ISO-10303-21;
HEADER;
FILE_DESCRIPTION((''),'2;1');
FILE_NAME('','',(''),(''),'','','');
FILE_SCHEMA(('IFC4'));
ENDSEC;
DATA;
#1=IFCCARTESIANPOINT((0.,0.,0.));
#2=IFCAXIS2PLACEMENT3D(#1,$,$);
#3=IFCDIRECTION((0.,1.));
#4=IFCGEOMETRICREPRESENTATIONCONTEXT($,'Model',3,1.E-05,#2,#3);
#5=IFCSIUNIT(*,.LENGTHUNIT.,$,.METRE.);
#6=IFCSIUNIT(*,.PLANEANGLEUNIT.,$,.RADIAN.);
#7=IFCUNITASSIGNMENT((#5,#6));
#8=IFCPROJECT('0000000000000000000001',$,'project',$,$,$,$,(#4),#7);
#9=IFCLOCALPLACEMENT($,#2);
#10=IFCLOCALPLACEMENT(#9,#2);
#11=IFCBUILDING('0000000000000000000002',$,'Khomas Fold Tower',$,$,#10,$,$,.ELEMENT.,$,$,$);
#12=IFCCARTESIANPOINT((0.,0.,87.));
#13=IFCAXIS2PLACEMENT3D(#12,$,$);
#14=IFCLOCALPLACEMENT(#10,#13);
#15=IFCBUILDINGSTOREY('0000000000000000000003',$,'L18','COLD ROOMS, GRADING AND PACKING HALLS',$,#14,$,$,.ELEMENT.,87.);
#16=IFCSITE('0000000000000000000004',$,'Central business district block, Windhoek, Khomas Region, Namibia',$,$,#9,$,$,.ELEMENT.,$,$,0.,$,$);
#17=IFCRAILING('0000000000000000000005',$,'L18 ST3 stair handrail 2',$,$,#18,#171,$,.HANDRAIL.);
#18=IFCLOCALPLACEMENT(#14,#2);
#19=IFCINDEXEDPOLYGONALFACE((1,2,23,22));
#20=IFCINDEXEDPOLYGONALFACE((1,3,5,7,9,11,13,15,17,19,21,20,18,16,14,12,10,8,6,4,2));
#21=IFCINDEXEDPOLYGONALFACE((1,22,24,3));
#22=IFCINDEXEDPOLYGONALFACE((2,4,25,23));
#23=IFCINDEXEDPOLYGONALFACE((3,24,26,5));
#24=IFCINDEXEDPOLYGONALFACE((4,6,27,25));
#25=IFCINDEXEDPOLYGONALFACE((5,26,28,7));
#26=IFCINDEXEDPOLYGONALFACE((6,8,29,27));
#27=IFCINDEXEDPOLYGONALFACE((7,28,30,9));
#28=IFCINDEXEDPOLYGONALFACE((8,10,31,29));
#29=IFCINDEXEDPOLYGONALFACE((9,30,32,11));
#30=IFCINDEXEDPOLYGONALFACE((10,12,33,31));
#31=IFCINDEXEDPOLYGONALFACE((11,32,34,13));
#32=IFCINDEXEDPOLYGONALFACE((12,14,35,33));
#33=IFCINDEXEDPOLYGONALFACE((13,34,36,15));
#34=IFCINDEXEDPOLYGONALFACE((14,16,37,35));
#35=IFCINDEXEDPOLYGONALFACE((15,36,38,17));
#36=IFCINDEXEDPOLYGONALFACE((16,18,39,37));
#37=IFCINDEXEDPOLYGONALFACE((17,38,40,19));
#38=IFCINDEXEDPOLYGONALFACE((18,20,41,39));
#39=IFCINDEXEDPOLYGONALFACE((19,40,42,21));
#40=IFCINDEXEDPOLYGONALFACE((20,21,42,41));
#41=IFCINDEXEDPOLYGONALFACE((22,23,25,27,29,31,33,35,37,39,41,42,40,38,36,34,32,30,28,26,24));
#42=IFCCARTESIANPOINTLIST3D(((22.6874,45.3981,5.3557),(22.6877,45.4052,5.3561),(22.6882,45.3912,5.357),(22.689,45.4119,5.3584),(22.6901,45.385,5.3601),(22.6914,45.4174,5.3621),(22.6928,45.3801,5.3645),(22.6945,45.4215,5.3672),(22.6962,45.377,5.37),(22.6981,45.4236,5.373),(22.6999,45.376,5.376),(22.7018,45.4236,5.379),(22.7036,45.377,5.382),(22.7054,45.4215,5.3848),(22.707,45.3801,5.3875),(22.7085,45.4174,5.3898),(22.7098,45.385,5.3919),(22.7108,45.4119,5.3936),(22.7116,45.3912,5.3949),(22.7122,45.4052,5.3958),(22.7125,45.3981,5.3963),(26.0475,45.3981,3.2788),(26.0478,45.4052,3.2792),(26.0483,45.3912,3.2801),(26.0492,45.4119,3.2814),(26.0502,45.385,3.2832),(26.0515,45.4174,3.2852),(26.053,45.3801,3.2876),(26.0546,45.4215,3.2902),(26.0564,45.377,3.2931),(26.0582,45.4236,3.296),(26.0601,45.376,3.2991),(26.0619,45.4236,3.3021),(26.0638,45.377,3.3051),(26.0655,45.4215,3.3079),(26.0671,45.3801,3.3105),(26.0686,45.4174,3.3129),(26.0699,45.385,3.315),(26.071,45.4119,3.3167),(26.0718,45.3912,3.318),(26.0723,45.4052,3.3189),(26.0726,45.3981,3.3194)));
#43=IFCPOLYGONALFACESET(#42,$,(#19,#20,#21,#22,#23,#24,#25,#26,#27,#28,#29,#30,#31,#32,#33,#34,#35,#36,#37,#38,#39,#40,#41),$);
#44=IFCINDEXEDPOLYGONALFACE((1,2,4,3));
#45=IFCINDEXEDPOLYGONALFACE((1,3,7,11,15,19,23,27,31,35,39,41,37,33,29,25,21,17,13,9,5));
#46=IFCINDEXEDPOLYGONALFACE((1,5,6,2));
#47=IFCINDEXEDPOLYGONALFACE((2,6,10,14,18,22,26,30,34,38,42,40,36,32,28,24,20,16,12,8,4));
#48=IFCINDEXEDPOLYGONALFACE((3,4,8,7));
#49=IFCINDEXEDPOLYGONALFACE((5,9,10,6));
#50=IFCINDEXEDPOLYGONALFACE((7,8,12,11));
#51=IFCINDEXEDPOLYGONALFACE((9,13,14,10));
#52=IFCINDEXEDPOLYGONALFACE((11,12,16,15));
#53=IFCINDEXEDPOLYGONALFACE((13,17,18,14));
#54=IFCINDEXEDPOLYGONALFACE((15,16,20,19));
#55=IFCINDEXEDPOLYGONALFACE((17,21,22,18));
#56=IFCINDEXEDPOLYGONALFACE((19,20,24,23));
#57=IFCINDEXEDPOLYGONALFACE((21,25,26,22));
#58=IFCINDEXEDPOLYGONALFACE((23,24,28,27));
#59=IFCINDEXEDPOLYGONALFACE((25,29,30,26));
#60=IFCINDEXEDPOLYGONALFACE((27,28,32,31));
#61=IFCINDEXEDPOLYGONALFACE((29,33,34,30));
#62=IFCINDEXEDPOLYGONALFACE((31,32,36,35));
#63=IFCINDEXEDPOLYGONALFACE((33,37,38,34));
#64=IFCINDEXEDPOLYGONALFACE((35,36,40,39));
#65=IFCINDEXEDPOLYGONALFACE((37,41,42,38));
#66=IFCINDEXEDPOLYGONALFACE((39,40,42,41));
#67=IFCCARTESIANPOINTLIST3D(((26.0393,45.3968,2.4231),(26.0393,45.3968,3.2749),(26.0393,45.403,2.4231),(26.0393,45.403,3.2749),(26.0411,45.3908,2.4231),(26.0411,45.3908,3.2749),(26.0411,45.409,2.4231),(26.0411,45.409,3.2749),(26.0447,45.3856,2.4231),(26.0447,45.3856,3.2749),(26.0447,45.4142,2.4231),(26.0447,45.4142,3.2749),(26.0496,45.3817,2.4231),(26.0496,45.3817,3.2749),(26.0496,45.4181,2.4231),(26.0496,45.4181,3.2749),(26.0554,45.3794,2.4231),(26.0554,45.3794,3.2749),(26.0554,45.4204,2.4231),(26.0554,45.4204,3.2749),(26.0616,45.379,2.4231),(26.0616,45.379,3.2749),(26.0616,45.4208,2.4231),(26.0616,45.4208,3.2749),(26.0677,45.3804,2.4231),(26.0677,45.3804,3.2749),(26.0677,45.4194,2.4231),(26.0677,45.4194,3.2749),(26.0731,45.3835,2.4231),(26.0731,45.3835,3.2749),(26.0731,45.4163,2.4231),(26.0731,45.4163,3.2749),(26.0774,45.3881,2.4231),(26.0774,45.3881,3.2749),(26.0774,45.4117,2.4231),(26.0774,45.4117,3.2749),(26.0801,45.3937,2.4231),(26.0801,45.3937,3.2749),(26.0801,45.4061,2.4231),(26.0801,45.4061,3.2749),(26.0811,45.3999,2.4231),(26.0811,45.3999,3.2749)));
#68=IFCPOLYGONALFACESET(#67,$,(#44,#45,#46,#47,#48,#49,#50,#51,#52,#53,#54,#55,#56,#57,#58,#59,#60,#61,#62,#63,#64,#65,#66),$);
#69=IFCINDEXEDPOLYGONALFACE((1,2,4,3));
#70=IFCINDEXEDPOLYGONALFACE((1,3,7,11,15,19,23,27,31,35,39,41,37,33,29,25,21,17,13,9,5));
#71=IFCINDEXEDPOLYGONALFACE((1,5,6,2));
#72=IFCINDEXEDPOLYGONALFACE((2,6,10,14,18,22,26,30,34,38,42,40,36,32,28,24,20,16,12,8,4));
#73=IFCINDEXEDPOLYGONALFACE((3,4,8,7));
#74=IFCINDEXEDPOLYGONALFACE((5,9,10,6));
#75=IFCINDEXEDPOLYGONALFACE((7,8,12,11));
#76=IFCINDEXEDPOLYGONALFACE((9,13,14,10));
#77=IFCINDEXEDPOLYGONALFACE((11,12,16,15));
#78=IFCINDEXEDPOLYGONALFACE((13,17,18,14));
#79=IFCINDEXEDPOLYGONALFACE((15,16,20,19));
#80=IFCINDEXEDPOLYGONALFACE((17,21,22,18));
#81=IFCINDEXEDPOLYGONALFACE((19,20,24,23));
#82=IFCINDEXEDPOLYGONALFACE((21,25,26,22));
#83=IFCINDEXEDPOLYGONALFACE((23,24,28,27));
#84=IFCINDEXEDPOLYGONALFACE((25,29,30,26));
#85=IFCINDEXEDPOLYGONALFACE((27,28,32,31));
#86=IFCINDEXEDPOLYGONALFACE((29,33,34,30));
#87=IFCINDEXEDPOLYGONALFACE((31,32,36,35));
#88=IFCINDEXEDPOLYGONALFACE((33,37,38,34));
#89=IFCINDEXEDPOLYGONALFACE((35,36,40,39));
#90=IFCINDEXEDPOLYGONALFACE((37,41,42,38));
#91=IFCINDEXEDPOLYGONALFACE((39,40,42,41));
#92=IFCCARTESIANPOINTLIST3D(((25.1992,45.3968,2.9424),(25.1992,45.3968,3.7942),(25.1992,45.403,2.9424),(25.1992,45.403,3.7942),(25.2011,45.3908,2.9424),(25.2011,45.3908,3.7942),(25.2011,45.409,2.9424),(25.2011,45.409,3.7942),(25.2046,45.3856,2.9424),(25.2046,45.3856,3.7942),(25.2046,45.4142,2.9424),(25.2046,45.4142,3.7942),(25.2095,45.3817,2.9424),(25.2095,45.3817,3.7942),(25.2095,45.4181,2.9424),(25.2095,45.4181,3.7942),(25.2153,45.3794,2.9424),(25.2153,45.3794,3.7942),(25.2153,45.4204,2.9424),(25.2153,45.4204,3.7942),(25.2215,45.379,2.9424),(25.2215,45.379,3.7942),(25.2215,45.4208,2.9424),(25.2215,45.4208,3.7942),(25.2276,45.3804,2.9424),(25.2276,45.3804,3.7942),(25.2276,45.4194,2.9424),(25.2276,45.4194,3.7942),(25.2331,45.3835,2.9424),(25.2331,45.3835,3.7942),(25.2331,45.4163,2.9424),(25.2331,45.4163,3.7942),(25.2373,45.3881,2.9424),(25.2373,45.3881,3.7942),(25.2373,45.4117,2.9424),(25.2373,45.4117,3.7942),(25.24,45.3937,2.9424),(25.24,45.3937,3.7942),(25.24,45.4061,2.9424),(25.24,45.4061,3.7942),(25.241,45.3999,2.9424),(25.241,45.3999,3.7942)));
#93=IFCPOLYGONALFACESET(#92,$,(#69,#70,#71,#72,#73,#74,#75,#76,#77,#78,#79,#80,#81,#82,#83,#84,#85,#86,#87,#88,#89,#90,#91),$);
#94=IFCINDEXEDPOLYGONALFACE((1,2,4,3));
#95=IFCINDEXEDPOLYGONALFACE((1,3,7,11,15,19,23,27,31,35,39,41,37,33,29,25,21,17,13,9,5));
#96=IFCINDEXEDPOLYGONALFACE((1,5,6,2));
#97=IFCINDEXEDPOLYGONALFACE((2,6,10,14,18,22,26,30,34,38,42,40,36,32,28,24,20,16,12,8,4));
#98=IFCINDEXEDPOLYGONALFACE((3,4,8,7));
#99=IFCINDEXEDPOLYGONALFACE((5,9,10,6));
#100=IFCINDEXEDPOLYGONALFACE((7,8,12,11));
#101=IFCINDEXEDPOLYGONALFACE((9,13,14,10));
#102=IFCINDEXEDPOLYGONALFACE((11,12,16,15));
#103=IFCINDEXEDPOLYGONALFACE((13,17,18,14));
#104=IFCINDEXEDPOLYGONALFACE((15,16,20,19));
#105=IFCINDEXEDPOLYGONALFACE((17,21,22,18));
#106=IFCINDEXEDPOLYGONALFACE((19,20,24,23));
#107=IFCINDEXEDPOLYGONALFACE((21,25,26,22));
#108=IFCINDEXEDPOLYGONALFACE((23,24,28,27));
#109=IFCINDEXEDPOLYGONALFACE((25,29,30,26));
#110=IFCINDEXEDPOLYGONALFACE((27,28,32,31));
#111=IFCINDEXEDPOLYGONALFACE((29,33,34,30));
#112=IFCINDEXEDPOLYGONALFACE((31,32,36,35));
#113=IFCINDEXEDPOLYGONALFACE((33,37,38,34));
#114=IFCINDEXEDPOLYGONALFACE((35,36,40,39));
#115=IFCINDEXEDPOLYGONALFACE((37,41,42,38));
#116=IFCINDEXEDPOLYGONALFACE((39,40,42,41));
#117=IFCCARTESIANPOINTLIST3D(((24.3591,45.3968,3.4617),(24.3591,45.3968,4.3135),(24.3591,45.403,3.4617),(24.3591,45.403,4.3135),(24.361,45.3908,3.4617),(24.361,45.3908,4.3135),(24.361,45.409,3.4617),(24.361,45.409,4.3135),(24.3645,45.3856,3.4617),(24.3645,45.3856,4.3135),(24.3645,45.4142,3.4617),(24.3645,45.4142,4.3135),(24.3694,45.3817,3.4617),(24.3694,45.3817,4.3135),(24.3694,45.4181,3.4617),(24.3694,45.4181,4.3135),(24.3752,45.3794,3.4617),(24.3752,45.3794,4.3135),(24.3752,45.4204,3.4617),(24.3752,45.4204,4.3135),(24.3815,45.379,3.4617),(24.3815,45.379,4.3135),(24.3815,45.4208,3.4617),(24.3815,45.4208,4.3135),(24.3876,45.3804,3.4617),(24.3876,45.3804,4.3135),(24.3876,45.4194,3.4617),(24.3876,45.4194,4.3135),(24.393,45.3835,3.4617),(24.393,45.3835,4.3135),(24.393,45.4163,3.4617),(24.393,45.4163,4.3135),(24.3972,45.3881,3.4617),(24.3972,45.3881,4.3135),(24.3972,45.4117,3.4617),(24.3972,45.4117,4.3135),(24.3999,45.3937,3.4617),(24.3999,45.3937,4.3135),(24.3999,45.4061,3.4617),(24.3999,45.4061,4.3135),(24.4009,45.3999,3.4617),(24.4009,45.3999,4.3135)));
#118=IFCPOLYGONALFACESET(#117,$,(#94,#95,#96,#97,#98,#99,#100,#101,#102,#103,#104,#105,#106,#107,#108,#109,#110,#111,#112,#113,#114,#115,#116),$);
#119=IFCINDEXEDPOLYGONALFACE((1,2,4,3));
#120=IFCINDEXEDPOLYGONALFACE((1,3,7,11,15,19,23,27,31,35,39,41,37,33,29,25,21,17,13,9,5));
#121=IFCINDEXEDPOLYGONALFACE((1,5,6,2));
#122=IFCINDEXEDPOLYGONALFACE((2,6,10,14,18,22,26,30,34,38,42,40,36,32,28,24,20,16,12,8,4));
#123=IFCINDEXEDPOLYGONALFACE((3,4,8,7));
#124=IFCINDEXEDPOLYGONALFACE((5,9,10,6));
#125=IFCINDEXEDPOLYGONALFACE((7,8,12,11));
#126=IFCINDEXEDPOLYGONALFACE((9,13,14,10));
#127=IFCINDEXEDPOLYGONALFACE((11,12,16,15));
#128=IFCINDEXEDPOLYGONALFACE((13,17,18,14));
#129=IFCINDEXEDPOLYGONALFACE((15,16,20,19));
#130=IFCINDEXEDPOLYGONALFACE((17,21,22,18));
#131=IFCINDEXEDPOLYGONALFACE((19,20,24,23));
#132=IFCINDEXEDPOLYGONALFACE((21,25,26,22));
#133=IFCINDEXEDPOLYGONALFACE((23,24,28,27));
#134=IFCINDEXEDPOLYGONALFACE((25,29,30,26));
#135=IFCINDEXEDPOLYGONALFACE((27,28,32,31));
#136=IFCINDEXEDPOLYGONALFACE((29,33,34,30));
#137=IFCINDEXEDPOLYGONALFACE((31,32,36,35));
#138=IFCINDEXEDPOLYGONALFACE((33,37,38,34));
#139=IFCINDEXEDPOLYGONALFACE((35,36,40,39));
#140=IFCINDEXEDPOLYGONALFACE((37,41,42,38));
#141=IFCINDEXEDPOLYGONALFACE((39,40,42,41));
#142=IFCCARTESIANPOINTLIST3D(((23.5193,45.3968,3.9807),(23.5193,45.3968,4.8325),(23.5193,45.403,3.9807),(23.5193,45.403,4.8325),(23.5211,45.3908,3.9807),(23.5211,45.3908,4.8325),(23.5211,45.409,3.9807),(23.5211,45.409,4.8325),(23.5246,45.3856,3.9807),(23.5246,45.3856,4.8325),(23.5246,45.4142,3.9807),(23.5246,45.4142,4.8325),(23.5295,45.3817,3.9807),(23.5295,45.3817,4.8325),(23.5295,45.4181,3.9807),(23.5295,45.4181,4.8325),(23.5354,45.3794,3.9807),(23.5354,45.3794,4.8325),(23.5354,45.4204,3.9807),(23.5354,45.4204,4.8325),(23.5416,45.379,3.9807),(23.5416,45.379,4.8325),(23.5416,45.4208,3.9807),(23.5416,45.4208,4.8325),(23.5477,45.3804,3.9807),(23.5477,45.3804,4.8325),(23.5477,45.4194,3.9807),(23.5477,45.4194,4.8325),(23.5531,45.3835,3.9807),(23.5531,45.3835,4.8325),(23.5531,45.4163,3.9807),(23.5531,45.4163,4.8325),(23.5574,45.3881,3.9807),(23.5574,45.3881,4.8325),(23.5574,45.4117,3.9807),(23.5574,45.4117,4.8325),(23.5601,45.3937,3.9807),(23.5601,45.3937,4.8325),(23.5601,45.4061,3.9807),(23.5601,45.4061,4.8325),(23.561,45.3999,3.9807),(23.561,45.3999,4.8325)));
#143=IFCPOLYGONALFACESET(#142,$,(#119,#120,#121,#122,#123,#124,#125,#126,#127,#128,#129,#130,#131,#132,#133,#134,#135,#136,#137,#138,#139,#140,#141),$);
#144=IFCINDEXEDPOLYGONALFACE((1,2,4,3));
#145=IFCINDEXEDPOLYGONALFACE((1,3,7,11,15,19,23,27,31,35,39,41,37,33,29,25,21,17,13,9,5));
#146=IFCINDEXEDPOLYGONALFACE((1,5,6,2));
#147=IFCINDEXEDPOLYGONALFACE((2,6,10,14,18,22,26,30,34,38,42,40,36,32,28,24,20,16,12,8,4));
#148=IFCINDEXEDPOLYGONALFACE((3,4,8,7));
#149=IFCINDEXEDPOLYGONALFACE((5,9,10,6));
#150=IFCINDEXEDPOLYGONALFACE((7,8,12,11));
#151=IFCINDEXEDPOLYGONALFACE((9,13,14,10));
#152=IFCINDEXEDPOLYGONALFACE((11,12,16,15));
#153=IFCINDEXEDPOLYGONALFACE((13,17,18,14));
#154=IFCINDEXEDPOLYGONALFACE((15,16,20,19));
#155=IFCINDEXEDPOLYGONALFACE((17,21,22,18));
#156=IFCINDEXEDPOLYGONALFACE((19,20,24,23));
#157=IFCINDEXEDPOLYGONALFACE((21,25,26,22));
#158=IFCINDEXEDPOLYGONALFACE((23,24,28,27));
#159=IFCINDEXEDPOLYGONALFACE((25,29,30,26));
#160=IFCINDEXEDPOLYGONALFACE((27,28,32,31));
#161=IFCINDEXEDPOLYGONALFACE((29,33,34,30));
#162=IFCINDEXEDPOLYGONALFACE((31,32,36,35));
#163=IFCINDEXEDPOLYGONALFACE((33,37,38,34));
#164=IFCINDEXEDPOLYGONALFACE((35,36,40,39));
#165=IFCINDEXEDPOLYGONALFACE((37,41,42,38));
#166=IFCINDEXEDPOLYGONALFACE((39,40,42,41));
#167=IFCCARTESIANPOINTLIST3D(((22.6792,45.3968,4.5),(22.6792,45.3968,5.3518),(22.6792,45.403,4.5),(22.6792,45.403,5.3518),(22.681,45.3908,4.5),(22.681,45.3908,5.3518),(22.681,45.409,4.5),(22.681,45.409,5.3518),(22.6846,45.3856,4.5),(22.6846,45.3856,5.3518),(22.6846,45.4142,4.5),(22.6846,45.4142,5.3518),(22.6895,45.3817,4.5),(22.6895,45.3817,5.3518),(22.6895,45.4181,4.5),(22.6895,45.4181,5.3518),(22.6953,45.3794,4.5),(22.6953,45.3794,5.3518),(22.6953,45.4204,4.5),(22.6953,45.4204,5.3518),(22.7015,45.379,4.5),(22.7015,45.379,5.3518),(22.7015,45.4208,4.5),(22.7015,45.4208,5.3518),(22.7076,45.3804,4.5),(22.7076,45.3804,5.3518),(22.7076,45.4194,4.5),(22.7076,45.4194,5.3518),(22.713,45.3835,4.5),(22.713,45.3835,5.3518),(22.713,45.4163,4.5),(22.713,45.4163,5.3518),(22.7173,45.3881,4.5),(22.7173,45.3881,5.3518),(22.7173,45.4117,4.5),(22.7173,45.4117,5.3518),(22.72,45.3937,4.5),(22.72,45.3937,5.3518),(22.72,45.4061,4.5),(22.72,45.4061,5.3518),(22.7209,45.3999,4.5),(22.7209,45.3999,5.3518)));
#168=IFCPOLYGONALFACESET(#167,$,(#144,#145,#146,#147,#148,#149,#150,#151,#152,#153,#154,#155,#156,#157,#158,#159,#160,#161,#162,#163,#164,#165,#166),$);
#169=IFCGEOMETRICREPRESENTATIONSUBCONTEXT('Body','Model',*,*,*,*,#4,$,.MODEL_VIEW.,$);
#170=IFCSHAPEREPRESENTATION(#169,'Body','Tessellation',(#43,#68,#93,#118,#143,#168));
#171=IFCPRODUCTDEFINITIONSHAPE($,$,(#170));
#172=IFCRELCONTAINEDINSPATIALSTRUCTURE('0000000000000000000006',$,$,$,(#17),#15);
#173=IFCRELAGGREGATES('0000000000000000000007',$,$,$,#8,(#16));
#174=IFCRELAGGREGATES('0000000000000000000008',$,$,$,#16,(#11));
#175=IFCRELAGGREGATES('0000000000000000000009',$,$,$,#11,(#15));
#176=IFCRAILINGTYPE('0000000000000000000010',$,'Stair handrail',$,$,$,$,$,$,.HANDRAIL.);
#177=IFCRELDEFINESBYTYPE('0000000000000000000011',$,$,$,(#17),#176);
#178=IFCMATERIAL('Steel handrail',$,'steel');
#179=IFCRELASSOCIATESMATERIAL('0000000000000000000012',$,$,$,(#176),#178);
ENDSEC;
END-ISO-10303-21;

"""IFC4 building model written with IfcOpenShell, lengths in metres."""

from ifc_helpers import new_model, si_unit, direction, frame, origin, origin_2d, place, context, subcontext, project, spatial, circle, extrude, source, transform, mapped, material, type_object, element, save


model = new_model("IFC4")

# Units and contexts
model_context = context("Model", 3, precision=1e-05, world=origin(), true_north=direction((0.0, 1.0)))
body_context = subcontext(model_context, "Body", "Model", "MODEL_VIEW")
ifc_project = project(units=[si_unit("LENGTHUNIT", "METRE"), si_unit("PLANEANGLEUNIT", "RADIAN")], contexts=[model_context])

# Site, building, storey
site_placement = place(None, origin())
site = spatial("IfcSite", under=ifc_project, at=site_placement, Name="Central business district block, Windhoek, Khomas Region, Namibia", CompositionType="ELEMENT", RefElevation=0.0)
building_placement = place(site_placement, origin())
building = spatial("IfcBuilding", under=site, at=building_placement, Name="Khomas Fold Tower", CompositionType="ELEMENT")
storey_placement = place(building_placement, frame((0.0, 0.0, 87.0)))
storey = spatial("IfcBuildingStorey", under=building, at=storey_placement, Name="L18", Description="COLD ROOMS, GRADING AND PACKING HALLS", CompositionType="ELEMENT", Elevation=87.0)

# Railing
ifc_material_1 = material(Name="Steel handrail", Category="steel")
railing_type_1 = type_object("IfcRailingType", Name="Stair handrail", PredefinedType="HANDRAIL", material=ifc_material_1)
shared_shape_1 = source(origin(), body_context, "Body", "SweptSolid", [
    extrude(circle(Radius=0.0239, at=origin_2d()), frame((0.0, 0.0, 0.876), z_axis=(-0.850623, 0.0, 0.525776), x_axis=(0.0, -1.0, 0.0)), (0.0, 0.0, 1.0), 3.9502),
    extrude(circle(Radius=0.021, at=origin_2d()), origin(), (0.0, 0.0, 1.0), 0.8518),
    extrude(circle(Radius=0.021, at=origin_2d()), frame((-0.8401, 0.0, 0.5193)), (0.0, 0.0, 1.0), 0.8518),
    extrude(circle(Radius=0.021, at=origin_2d()), frame((-1.6802, 0.0, 1.0386)), (0.0, 0.0, 1.0), 0.8518),
    extrude(circle(Radius=0.021, at=origin_2d()), frame((-2.52, 0.0, 1.5576)), (0.0, 0.0, 1.0), 0.8518),
    extrude(circle(Radius=0.021, at=origin_2d()), frame((-3.3601, 0.0, 2.0769)), (0.0, 0.0, 1.0), 0.8518),
])
railing_1_placement = place(storey_placement, frame((26.0601, 45.3999, 2.4231)))
element("IfcRailing", 1, at=railing_1_placement, inside=storey, type_object=railing_type_1, Name="L18 ST3 stair handrail 2", PredefinedType="HANDRAIL", context=body_context, shape_type="MappedRepresentation", body=[
    mapped(shared_shape_1, transform((0.0, 0.0, 0.0))),
])

save(model, "model.ifc")
